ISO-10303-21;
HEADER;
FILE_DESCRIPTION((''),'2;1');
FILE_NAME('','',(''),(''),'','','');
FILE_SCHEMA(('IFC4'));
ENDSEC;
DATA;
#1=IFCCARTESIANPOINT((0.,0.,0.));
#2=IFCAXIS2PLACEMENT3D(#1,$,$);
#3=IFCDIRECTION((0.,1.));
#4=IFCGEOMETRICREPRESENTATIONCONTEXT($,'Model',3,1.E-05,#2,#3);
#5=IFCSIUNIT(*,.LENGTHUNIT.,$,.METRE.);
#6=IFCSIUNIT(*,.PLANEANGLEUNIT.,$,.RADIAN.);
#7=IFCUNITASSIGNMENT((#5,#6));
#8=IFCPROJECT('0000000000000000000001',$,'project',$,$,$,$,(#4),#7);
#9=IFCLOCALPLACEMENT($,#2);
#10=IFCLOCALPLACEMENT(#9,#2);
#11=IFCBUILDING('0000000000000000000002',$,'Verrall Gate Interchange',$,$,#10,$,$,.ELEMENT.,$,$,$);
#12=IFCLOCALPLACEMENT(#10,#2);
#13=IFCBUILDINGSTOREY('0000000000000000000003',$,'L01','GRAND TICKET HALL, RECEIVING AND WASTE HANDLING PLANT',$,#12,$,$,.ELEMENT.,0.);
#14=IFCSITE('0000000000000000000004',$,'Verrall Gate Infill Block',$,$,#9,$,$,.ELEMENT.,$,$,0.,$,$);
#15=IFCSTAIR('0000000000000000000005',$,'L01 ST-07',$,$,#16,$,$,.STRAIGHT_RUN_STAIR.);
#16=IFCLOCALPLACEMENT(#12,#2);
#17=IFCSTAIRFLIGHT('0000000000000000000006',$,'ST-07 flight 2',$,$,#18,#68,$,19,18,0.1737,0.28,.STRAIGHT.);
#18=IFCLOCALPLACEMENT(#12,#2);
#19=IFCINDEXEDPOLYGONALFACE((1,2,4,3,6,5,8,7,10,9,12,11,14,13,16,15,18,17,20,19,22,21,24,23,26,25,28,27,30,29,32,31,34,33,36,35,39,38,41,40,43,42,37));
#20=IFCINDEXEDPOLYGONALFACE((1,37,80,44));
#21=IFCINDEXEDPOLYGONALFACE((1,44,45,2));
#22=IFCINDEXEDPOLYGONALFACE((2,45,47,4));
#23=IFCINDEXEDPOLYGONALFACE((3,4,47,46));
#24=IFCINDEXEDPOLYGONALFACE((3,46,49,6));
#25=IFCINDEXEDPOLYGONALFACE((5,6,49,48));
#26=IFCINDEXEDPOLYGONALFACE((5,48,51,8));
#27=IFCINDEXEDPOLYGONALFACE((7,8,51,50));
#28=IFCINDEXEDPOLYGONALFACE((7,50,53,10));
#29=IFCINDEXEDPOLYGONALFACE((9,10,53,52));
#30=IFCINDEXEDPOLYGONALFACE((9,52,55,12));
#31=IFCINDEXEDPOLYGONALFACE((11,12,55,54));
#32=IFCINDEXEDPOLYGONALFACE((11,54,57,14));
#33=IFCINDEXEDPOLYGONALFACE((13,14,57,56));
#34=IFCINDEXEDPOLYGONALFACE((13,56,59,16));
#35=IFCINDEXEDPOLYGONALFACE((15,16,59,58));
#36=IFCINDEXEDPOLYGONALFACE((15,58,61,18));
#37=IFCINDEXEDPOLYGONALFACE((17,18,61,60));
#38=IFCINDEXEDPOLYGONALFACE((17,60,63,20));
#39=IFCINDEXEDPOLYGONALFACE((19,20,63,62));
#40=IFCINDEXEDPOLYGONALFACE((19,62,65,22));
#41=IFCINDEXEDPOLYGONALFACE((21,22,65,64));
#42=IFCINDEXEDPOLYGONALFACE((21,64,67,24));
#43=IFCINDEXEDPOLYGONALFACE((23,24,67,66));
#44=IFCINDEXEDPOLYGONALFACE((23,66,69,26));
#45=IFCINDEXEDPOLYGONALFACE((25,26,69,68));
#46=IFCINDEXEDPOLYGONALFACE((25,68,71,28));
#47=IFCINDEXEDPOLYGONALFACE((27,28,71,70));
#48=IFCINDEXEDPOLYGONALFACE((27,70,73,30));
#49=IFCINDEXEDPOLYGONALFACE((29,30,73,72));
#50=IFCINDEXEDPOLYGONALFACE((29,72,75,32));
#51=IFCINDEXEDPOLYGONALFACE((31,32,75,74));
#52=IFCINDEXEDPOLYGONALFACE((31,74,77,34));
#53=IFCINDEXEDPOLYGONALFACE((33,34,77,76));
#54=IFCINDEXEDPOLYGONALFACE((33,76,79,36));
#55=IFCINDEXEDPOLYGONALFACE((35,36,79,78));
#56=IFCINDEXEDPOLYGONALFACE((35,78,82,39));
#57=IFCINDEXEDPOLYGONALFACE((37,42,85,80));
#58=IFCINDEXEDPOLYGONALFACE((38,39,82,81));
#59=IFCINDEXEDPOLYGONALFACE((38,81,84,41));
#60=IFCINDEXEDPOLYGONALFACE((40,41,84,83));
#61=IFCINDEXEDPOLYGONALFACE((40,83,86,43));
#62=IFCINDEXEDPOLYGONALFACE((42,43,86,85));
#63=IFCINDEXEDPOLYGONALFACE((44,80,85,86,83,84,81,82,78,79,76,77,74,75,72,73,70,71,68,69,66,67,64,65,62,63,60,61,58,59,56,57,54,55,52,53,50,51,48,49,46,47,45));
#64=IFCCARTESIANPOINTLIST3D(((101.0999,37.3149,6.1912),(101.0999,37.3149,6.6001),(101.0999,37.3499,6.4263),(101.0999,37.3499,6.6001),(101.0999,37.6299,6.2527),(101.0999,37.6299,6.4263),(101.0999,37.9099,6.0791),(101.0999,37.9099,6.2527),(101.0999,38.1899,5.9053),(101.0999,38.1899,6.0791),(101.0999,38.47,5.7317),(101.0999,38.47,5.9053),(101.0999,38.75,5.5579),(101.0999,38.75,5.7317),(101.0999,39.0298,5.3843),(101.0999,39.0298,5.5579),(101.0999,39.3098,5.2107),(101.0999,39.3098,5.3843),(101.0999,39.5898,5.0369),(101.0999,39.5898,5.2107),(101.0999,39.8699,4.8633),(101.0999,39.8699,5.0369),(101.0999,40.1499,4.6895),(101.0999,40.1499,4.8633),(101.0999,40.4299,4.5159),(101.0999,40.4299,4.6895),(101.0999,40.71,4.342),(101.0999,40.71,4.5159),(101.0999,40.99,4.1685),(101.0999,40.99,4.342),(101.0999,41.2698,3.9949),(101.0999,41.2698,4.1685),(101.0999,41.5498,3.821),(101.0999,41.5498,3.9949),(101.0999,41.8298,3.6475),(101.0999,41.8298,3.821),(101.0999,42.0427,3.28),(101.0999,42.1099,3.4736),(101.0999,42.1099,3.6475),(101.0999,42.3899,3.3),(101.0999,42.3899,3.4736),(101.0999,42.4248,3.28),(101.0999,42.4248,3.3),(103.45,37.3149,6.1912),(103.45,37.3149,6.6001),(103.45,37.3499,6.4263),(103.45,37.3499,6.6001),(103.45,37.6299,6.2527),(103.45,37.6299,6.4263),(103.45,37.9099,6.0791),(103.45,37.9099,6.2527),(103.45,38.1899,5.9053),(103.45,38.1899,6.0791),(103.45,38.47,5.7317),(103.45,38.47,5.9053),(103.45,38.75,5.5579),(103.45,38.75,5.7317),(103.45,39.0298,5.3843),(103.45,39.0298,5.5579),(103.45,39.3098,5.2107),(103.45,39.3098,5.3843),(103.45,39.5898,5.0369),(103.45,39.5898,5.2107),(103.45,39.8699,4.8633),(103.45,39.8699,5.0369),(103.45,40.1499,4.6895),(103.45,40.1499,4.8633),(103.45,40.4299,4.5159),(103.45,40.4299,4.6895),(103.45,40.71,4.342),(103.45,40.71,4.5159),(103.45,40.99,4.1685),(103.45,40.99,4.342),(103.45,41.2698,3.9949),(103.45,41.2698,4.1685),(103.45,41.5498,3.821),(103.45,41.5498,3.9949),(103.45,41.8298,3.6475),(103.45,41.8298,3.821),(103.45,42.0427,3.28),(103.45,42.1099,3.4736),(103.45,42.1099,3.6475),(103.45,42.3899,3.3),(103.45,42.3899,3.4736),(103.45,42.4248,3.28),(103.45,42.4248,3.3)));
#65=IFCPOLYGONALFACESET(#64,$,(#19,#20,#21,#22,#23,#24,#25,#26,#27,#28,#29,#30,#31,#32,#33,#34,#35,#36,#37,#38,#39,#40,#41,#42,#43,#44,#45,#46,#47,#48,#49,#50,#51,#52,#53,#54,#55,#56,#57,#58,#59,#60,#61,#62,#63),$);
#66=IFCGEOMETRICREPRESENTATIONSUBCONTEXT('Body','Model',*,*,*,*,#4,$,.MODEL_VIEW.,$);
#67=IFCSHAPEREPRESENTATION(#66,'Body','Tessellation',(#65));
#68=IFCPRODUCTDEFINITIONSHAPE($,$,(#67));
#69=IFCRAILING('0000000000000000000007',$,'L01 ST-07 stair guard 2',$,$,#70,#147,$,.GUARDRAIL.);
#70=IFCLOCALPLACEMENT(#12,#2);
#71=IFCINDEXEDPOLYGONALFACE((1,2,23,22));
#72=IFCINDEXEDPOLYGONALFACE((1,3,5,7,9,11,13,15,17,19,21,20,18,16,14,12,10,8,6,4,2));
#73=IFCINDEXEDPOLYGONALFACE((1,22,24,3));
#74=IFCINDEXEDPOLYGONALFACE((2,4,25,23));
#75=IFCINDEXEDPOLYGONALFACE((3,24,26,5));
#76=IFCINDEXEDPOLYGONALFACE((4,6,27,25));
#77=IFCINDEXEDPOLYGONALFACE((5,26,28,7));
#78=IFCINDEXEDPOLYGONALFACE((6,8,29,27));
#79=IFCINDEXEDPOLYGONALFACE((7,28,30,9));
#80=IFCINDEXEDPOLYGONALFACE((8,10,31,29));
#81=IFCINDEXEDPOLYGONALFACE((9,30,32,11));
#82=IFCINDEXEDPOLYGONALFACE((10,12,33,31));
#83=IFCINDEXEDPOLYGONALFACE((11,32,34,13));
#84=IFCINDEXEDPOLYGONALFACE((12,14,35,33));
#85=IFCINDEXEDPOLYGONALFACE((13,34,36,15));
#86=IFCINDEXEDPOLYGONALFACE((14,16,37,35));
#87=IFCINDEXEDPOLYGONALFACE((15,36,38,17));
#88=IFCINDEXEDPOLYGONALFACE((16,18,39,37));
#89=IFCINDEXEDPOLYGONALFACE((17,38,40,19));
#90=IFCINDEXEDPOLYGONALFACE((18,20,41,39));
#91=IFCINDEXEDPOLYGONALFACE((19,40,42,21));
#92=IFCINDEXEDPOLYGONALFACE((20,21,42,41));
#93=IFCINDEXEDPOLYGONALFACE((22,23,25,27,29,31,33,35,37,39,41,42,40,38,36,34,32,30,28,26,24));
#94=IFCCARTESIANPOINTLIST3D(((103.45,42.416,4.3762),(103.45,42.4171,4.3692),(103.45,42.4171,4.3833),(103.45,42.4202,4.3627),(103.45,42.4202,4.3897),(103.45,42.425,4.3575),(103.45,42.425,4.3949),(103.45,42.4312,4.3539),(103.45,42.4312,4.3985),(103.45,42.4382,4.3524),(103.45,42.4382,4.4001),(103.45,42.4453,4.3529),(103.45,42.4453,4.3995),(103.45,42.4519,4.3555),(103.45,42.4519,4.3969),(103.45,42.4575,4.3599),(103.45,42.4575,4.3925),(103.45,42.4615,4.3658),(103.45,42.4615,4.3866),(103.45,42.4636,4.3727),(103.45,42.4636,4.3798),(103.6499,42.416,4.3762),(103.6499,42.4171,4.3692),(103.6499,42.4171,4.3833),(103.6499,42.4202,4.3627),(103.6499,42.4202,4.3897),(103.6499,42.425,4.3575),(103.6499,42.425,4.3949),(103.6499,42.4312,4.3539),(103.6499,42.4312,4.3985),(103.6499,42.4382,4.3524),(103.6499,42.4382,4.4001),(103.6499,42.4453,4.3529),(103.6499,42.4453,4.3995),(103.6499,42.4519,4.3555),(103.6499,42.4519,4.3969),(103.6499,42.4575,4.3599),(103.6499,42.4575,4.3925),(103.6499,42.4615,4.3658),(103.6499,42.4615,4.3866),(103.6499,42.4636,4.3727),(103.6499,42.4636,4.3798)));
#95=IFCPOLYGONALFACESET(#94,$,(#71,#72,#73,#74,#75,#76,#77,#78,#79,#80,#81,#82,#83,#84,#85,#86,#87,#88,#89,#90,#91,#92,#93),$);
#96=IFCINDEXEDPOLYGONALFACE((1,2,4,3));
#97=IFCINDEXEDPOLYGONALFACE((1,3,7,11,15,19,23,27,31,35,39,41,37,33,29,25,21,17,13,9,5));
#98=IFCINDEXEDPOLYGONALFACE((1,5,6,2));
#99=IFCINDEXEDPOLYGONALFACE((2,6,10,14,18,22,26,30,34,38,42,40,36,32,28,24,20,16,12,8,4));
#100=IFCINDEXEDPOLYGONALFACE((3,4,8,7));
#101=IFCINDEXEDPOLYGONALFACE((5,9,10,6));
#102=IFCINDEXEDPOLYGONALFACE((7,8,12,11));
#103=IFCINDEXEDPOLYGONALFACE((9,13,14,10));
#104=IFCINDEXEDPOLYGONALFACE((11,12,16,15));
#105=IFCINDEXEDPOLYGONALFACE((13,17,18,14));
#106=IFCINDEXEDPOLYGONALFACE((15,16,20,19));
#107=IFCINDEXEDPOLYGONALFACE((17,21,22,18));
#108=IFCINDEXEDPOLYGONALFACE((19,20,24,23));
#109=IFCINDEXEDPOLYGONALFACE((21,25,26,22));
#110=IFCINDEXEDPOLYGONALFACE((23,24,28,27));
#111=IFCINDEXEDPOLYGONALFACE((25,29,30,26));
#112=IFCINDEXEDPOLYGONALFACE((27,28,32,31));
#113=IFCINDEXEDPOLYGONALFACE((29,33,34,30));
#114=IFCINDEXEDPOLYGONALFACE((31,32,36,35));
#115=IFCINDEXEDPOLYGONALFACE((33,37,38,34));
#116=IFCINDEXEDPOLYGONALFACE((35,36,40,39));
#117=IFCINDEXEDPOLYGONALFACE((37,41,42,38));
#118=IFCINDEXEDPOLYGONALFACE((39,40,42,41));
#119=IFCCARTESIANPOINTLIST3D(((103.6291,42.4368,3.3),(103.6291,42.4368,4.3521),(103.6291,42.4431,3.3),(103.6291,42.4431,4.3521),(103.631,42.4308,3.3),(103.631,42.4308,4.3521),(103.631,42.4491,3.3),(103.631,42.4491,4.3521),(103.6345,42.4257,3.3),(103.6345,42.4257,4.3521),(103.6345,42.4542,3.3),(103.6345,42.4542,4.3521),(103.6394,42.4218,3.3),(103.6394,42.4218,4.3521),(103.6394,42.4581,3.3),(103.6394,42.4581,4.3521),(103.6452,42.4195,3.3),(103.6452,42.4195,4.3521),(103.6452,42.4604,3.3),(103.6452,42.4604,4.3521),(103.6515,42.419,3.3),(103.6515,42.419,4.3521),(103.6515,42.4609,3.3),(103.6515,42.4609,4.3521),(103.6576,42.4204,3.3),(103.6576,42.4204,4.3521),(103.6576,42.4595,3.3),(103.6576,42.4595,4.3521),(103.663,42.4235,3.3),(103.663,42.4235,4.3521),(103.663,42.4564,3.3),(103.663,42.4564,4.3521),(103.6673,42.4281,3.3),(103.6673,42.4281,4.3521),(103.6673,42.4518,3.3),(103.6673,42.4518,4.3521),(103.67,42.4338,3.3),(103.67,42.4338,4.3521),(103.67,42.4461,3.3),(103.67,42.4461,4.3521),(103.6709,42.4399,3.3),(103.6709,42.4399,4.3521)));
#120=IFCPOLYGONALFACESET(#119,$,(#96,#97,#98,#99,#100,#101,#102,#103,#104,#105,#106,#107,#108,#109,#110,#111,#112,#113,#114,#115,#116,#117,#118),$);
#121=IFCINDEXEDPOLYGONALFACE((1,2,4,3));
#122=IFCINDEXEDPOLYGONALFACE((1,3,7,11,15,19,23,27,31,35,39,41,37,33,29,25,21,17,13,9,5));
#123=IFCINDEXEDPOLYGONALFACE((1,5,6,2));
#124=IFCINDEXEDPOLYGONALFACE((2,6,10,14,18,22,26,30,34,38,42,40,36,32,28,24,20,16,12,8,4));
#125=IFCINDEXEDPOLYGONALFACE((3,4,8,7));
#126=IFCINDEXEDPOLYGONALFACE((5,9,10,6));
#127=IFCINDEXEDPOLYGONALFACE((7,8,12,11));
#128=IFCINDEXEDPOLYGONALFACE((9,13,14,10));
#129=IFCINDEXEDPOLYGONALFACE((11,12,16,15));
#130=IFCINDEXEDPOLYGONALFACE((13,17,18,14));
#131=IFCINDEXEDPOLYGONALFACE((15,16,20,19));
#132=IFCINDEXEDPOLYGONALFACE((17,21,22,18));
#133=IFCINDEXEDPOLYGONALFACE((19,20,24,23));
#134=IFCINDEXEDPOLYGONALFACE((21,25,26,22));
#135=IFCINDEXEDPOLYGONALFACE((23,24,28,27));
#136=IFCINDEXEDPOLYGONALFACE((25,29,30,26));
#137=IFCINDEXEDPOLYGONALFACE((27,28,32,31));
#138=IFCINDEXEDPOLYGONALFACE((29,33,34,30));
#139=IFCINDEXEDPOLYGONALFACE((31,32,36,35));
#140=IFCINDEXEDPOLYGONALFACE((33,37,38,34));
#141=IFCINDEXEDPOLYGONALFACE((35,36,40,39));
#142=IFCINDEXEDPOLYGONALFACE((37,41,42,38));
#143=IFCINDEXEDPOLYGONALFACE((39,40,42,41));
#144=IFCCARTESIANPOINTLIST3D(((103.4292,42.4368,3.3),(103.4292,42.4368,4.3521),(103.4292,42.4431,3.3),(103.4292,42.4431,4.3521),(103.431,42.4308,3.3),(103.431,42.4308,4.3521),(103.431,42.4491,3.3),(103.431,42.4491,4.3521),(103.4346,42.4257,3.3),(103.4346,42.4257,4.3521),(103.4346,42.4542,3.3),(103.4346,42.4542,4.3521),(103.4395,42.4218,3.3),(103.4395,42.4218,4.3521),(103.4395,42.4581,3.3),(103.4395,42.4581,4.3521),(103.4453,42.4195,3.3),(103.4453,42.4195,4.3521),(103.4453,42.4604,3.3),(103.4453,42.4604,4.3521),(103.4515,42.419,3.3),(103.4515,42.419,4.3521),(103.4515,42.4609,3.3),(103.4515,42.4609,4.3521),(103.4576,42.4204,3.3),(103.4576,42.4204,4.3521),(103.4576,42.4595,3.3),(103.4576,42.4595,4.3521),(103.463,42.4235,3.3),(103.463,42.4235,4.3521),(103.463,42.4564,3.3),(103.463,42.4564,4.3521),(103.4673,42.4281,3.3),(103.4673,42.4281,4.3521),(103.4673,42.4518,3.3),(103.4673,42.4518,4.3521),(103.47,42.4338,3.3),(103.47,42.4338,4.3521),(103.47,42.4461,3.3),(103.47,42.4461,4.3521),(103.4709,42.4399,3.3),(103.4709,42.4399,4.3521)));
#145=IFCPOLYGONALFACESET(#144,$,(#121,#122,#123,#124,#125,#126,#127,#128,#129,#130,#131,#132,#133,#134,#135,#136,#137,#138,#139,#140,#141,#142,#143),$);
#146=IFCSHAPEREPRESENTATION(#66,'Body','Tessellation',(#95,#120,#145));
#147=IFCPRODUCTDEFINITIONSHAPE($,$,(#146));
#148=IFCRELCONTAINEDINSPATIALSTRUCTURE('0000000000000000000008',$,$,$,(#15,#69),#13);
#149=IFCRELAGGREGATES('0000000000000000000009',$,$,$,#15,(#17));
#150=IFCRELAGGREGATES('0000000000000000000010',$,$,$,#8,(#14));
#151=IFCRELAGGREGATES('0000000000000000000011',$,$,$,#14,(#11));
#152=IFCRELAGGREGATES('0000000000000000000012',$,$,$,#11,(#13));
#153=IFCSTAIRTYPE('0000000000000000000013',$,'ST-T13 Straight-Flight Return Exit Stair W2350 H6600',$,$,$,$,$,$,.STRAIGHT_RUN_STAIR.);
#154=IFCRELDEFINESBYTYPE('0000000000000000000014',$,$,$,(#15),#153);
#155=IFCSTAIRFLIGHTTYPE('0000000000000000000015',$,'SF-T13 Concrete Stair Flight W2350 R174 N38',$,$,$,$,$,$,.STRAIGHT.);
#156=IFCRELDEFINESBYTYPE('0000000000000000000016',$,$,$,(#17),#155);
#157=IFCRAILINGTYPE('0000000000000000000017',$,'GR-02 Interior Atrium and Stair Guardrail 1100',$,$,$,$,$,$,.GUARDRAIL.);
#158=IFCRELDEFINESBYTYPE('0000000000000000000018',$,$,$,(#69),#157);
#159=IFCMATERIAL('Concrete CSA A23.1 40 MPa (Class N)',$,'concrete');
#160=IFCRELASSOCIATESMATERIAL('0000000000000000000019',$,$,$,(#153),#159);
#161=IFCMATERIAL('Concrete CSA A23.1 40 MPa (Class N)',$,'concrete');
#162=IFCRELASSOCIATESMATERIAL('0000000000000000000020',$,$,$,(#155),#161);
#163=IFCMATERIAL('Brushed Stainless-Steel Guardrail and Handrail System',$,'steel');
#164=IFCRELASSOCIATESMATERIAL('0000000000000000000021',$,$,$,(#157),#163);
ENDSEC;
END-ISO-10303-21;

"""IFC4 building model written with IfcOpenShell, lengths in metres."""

from ifc_helpers import new_model, si_unit, direction, frame, origin, origin_2d, place, context, subcontext, project, spatial, polyline, circle, outline, extrude, material, type_object, element, aggregate, save


model = new_model("IFC4")

# Units and contexts
model_context = context("Model", 3, precision=1e-05, world=origin(), true_north=direction((0.0, 1.0)))
body_context = subcontext(model_context, "Body", "Model", "MODEL_VIEW")
ifc_project = project(units=[si_unit("LENGTHUNIT", "METRE"), si_unit("PLANEANGLEUNIT", "RADIAN")], contexts=[model_context])

# Site, building, storey
site_placement = place(None, origin())
site = spatial("IfcSite", under=ifc_project, at=site_placement, Name="Verrall Gate Infill Block", CompositionType="ELEMENT", RefElevation=0.0)
building_placement = place(site_placement, origin())
building = spatial("IfcBuilding", under=site, at=building_placement, Name="Verrall Gate Interchange", CompositionType="ELEMENT")
storey_placement = place(building_placement, origin())
storey = spatial("IfcBuildingStorey", under=building, at=storey_placement, Name="L01", Description="GRAND TICKET HALL, RECEIVING AND WASTE HANDLING PLANT", CompositionType="ELEMENT", Elevation=0.0)

# Stair, stair flight
ifc_material_1 = material(Name="Concrete CSA A23.1 40 MPa (Class N)", Category="concrete")
stair_type = type_object("IfcStairType", Name="ST-T13 Straight-Flight Return Exit Stair W2350 H6600", PredefinedType="STRAIGHT_RUN_STAIR", material=ifc_material_1)
stair_placement = place(storey_placement, origin())
stair = element("IfcStair", 1, at=stair_placement, inside=storey, type_object=stair_type, Name="L01 ST-07", PredefinedType="STRAIGHT_RUN_STAIR")
ifc_material_2 = material(Name="Concrete CSA A23.1 40 MPa (Class N)", Category="concrete")
stair_flight_type = type_object("IfcStairFlightType", Name="SF-T13 Concrete Stair Flight W2350 R174 N38", PredefinedType="STRAIGHT", material=ifc_material_2)
stair_flight_placement = place(storey_placement, frame((102.2749, 42.3899, 3.3), z_axis=(0.0, 0.0, 1.0), x_axis=(0.0, -1.0, 0.0)))
stair_flight = element("IfcStairFlight", 2, at=stair_flight_placement, type_object=stair_flight_type, Name="ST-07 flight 2", NumberOfRisers=19, NumberOfTreads=18, PredefinedType="STRAIGHT", RiserHeight=0.1737, TreadLength=0.28, context=body_context, shape_type="SweptSolid", body=[
    extrude(outline(polyline([(-0.0349, -0.02), (-0.0349, 0.0), (0.0, 0.0), (0.0, 0.1736), (0.28, 0.1736), (0.28, 0.3474), (0.5601, 0.3474), (0.5601, 0.521), (0.8401, 0.521), (0.8401, 0.6948), (1.1201, 0.6948), (1.1201, 0.8684), (1.3999, 0.8684), (1.3999, 1.042), (1.6799, 1.042), (1.6799, 1.2158), (1.96, 1.2158), (1.96, 1.3894), (2.24, 1.3894), (2.24, 1.5632), (2.52, 1.5632), (2.52, 1.7368), (2.8, 1.7368), (2.8, 1.9106), (3.0801, 1.9106), (3.0801, 2.0842), (3.3601, 2.0842), (3.3601, 2.2578), (3.6399, 2.2578), (3.6399, 2.4316), (3.9199, 2.4316), (3.9199, 2.6052), (4.2, 2.6052), (4.2, 2.7791), (4.48, 2.7791), (4.48, 2.9526), (4.76, 2.9526), (4.76, 3.1262), (5.04, 3.1262), (5.04, 3.3), (5.075, 3.3), (5.075, 2.8911), (0.3472, -0.02), (-0.0349, -0.02)])), frame((0.0, 1.175, 0.0), z_axis=(0.0, -1.0, 0.0), x_axis=(1.0, 0.0, 0.0)), (0.0, 0.0, 1.0), 2.3501),
])
aggregate(stair, [stair_flight])

# Railing
ifc_material_3 = material(Name="Brushed Stainless-Steel Guardrail and Handrail System", Category="steel")
railing_type_1 = type_object("IfcRailingType", Name="GR-02 Interior Atrium and Stair Guardrail 1100", PredefinedType="GUARDRAIL", material=ifc_material_3)
railing_1_placement = place(storey_placement, frame((103.6499, 42.4399, 3.3)))
element("IfcRailing", 3, at=railing_1_placement, inside=storey, type_object=railing_type_1, Name="L01 ST-07 stair guard 2", PredefinedType="GUARDRAIL", context=body_context, shape_type="SweptSolid", body=[
    extrude(circle(Radius=0.0239, at=origin_2d()), frame((0.0, 0.0, 1.0762), z_axis=(-1.0, 0.0, 0.0), x_axis=(0.0, -1.0, 0.0)), (0.0, 0.0, 1.0), 0.2),
    extrude(circle(Radius=0.021, at=origin_2d()), origin(), (0.0, 0.0, 1.0), 1.052),
    extrude(circle(Radius=0.021, at=origin_2d()), frame((-0.2, 0.0, 0.0)), (0.0, 0.0, 1.0), 1.052),
])

save(model, "model.ifc")
